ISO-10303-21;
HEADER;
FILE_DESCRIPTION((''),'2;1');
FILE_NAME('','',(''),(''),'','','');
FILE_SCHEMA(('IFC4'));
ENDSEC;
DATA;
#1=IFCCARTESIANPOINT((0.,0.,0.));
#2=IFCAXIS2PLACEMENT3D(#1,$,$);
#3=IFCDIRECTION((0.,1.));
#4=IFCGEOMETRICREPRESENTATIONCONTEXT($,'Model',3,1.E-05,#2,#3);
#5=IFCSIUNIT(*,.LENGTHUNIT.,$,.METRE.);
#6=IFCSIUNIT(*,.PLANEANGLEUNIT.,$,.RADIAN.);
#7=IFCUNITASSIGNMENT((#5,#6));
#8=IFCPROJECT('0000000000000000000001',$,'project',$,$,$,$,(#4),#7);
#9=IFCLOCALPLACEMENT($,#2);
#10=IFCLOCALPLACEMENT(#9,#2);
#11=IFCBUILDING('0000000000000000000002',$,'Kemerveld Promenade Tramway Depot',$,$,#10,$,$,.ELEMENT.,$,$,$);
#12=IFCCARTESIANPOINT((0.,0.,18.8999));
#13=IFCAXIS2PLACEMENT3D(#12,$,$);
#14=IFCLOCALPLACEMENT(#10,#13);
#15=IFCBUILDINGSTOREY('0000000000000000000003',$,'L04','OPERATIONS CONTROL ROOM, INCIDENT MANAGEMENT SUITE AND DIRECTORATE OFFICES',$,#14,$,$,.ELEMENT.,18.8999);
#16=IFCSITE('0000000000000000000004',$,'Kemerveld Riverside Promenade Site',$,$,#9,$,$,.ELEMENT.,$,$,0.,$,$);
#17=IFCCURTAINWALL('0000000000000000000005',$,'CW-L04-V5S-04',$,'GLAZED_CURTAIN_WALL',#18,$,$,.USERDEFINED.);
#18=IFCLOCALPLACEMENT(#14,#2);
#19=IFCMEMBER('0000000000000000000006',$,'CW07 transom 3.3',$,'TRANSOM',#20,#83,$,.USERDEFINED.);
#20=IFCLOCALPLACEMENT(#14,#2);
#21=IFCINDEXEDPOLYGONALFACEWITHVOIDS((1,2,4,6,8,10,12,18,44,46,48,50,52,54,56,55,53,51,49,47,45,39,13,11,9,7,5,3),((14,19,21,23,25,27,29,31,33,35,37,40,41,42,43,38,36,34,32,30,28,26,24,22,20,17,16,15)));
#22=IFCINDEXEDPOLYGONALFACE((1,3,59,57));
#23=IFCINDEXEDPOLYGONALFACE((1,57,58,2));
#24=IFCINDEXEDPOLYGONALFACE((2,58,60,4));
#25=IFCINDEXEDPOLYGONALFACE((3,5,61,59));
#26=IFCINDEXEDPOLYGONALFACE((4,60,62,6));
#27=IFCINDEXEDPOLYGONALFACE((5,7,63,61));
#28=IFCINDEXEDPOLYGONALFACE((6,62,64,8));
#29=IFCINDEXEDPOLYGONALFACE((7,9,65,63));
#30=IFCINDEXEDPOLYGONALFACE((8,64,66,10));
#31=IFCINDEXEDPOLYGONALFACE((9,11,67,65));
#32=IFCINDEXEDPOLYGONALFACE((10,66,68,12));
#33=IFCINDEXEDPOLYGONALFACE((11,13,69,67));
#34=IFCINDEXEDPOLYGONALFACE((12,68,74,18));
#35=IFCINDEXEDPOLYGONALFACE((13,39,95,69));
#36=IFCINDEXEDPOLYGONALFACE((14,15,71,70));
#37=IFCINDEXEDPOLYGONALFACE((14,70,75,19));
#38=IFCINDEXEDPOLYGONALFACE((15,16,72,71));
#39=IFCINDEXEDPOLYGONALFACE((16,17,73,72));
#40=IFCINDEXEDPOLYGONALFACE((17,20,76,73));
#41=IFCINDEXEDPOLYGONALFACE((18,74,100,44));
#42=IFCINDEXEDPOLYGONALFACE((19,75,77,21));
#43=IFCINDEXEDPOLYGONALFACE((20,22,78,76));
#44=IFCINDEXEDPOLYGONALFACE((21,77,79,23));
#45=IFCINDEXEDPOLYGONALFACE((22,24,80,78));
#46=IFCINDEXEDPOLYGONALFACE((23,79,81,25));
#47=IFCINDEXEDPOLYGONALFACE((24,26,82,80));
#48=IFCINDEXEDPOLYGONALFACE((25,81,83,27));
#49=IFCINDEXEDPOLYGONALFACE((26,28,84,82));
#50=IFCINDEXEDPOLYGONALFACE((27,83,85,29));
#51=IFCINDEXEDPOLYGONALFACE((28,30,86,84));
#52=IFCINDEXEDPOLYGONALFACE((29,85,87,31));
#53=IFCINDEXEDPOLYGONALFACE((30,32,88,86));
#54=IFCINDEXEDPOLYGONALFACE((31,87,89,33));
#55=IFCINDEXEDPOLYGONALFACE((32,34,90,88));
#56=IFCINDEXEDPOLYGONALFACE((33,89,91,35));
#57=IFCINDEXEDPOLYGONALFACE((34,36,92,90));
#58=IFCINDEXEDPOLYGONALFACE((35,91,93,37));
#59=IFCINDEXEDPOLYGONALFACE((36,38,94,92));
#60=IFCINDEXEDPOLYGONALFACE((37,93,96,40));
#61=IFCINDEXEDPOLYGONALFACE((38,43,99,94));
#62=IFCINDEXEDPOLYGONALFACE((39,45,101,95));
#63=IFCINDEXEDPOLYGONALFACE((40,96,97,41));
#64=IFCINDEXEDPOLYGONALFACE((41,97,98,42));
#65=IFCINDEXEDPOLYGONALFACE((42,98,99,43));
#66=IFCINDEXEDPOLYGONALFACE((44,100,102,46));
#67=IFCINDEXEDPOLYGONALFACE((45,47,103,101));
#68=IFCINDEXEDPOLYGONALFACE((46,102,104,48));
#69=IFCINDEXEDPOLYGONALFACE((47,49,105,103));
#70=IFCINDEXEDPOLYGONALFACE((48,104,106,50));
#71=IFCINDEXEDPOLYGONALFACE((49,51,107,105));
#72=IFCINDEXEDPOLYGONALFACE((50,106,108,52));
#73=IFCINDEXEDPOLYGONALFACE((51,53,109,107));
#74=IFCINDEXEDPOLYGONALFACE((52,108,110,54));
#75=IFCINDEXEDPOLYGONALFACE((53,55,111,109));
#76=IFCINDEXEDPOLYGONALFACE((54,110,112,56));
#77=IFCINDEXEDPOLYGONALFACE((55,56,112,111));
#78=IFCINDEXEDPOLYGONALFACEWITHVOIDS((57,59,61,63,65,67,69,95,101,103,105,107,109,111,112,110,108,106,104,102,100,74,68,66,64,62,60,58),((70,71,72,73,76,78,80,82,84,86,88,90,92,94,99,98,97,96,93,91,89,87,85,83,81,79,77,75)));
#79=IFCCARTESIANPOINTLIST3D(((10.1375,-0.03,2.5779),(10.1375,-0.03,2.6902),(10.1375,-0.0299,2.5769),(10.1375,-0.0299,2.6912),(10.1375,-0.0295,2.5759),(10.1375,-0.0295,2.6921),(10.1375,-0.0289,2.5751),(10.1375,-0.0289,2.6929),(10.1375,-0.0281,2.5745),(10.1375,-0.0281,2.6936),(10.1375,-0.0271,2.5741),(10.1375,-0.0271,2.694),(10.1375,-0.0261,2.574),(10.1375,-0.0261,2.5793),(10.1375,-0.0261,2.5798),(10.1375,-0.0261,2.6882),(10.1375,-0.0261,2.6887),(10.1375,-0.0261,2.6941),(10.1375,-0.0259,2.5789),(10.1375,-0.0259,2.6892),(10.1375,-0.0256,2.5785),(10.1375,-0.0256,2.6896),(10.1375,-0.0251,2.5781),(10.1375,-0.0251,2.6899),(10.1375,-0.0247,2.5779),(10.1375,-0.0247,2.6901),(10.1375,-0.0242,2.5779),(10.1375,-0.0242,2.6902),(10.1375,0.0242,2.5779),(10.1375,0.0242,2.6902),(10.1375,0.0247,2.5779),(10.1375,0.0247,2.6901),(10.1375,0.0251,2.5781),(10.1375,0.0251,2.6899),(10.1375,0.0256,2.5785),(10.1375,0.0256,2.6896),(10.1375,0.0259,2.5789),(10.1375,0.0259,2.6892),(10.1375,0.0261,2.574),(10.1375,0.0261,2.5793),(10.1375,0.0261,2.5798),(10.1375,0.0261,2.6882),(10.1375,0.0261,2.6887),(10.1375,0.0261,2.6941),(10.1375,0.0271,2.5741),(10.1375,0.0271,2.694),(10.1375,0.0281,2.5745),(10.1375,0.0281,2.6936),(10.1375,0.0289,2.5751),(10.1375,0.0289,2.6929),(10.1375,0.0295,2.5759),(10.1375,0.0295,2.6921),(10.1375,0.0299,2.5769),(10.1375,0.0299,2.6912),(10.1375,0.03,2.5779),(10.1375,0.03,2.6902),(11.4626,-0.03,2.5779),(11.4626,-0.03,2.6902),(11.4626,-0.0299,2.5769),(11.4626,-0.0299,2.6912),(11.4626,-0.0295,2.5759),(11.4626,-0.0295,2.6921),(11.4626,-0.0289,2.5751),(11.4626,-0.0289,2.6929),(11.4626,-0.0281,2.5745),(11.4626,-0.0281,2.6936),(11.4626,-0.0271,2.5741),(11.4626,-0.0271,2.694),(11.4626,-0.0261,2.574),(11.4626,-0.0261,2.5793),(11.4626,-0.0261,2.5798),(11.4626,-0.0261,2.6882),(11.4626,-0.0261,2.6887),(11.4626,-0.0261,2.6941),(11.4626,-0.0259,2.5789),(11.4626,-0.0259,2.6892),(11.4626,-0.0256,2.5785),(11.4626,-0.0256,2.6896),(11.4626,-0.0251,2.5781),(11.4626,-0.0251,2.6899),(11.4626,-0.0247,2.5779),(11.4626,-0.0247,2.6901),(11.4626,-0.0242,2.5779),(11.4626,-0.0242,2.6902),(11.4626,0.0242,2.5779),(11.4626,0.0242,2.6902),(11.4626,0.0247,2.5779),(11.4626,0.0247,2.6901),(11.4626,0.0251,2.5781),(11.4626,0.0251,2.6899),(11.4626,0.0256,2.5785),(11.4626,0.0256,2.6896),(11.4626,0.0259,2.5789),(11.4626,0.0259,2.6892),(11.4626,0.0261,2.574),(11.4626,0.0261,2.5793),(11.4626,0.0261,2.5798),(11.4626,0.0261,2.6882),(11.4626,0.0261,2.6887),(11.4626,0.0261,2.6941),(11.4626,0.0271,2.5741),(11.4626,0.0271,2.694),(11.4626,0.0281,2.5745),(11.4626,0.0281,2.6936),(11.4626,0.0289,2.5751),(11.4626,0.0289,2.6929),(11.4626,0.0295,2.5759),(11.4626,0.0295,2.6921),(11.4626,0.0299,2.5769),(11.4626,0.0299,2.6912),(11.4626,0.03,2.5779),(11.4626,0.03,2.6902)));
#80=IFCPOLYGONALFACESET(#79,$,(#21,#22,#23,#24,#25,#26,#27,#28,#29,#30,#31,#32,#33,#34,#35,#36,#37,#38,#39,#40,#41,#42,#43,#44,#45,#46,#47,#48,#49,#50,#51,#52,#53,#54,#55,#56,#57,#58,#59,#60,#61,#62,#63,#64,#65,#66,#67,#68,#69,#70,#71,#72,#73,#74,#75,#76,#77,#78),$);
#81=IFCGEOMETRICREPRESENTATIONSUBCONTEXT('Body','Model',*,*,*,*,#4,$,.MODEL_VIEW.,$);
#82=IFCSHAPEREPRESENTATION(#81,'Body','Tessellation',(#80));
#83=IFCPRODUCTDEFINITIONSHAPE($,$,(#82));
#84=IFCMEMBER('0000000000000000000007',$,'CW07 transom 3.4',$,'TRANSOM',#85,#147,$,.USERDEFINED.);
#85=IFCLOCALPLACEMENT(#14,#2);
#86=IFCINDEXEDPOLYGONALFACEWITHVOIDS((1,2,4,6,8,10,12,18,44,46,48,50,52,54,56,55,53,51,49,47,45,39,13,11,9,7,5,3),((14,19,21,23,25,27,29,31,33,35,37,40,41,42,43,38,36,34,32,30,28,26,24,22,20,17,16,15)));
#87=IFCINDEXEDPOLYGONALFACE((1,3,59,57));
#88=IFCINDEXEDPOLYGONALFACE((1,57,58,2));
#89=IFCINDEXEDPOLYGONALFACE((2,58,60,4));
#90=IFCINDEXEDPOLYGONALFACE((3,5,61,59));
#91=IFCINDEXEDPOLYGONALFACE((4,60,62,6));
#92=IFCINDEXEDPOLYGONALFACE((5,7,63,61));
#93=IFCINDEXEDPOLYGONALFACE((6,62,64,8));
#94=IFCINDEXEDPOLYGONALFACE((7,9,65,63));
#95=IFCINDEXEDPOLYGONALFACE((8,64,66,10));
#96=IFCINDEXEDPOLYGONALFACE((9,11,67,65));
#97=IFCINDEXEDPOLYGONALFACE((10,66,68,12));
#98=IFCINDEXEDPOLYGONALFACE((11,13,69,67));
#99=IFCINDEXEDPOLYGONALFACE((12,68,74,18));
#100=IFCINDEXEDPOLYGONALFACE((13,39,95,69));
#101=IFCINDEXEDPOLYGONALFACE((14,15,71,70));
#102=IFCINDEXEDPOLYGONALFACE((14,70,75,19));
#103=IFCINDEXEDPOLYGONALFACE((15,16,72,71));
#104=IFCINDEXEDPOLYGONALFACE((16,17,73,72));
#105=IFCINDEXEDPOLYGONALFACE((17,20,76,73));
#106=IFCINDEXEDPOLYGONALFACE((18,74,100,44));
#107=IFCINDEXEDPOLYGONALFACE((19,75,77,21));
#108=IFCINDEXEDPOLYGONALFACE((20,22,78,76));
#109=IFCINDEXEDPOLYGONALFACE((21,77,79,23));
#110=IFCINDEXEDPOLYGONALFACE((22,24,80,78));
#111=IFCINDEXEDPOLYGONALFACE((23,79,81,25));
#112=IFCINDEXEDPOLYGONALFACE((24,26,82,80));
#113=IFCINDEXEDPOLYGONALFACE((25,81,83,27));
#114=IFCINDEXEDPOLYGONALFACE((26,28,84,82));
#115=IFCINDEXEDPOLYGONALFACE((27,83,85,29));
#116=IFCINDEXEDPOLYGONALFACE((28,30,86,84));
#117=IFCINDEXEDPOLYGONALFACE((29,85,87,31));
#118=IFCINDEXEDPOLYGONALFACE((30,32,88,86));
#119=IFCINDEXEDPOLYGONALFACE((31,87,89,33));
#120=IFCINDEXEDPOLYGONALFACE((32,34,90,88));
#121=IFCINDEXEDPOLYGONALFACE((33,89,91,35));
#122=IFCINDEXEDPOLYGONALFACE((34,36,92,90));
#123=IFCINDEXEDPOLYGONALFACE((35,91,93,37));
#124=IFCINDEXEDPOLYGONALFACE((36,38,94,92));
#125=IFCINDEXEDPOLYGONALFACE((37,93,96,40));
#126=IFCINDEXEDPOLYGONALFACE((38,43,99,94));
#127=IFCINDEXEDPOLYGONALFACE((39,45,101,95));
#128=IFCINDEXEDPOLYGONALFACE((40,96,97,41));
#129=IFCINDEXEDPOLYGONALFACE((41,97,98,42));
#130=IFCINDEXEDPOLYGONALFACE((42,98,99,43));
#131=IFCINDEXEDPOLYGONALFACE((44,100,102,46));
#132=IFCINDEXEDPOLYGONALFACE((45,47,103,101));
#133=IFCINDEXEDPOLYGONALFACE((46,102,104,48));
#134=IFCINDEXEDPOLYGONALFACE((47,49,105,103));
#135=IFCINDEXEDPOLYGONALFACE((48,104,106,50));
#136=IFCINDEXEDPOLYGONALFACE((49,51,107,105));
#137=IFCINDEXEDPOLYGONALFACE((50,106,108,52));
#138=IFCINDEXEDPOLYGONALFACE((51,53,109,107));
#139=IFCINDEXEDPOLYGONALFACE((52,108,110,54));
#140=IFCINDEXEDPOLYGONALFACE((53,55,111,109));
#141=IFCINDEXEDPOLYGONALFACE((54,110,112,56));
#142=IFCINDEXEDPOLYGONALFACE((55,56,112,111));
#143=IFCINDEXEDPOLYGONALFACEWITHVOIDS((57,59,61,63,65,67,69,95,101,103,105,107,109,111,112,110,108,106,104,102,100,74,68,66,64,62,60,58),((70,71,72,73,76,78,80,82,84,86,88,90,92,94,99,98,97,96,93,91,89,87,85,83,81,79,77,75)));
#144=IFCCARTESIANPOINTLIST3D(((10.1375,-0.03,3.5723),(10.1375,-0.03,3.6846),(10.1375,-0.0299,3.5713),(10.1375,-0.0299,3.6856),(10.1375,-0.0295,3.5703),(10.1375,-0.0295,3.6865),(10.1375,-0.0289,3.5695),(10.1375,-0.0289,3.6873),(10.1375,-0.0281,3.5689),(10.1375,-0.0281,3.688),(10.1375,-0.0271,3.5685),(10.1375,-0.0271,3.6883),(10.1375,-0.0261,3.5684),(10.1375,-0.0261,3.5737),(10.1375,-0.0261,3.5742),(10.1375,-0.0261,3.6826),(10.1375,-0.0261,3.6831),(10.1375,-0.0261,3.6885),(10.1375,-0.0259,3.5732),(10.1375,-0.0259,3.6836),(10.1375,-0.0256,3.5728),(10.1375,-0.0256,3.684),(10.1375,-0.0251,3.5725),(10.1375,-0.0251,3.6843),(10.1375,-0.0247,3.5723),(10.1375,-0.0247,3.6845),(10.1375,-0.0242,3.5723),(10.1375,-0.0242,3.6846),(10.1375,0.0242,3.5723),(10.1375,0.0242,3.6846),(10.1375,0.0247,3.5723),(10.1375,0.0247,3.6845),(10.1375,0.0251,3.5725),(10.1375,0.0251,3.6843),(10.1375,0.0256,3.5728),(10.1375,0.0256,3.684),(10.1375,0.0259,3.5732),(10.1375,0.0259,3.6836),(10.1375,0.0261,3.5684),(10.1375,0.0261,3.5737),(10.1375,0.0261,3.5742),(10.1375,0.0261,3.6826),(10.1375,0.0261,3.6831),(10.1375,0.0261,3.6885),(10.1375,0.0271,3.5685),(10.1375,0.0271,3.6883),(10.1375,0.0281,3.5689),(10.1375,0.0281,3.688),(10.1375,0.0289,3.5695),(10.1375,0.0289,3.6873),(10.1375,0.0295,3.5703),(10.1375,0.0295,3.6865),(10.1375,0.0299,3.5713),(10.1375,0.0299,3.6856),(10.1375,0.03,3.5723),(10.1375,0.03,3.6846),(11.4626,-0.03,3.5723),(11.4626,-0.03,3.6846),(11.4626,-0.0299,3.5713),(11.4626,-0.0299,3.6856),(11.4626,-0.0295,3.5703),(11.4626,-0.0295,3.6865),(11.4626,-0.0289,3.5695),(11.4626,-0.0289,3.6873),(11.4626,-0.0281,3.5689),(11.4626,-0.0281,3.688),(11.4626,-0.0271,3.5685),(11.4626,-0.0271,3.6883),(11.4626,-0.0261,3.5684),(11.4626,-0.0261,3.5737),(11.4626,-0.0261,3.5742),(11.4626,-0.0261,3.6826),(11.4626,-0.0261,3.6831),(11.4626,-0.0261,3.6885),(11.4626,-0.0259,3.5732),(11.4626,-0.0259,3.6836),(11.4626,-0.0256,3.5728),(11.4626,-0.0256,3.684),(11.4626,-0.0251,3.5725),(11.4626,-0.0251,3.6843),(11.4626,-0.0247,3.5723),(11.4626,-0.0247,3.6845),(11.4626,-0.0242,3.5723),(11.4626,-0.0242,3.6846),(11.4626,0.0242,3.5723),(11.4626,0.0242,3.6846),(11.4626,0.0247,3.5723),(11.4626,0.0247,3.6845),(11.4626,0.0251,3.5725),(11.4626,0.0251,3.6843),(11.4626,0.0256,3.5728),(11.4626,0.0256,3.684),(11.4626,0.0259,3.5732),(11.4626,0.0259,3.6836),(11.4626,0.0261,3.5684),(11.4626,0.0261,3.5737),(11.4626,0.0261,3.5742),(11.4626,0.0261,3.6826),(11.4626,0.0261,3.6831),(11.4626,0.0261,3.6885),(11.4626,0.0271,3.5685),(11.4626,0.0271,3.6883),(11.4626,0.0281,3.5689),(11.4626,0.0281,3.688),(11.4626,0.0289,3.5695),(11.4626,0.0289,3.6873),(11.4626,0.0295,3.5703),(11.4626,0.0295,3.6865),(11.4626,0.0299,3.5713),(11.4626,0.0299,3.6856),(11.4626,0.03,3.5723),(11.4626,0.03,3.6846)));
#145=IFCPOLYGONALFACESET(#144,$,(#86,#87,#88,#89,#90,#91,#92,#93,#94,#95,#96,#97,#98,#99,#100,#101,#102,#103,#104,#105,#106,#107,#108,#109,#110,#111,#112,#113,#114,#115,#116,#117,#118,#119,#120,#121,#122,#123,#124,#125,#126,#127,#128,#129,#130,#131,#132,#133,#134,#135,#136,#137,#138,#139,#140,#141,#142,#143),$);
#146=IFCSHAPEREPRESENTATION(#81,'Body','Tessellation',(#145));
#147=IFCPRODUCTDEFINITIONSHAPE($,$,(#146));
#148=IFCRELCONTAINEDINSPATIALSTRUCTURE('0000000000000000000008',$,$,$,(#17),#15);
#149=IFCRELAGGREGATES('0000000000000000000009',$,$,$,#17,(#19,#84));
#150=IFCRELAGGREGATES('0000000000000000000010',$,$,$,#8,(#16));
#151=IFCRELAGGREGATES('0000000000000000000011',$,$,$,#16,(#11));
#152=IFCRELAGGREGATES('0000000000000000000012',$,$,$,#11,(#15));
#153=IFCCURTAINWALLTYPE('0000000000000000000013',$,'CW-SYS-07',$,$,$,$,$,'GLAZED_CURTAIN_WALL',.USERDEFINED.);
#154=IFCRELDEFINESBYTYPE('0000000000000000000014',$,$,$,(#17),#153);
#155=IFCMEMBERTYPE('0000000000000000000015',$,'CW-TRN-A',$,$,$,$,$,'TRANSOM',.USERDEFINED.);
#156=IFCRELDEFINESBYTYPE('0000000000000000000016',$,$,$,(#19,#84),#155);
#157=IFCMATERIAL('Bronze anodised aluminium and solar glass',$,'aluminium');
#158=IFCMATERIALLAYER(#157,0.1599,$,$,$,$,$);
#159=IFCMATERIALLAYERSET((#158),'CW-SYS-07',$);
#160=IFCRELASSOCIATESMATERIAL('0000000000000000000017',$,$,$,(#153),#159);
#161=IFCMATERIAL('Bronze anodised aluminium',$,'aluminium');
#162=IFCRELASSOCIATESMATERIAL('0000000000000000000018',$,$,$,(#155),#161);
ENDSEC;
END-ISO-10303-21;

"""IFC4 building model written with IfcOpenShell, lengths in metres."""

from ifc_helpers import new_model, si_unit, direction, frame, origin, origin_2d, place, context, subcontext, project, spatial, hollow_rectangle, extrude, material, layer, layer_set, material_profile, profile_set, type_object, element, aggregate, save


model = new_model("IFC4")

# Units and contexts
model_context = context("Model", 3, precision=1e-05, world=origin(), true_north=direction((0.0, 1.0)))
body_context = subcontext(model_context, "Body", "Model", "MODEL_VIEW")
ifc_project = project(units=[si_unit("LENGTHUNIT", "METRE"), si_unit("PLANEANGLEUNIT", "RADIAN")], contexts=[model_context])

# Site, building, storey
site_placement = place(None, origin())
site = spatial("IfcSite", under=ifc_project, at=site_placement, Name="Kemerveld Riverside Promenade Site", CompositionType="ELEMENT", RefElevation=0.0)
building_placement = place(site_placement, origin())
building = spatial("IfcBuilding", under=site, at=building_placement, Name="Kemerveld Promenade Tramway Depot", CompositionType="ELEMENT")
storey_placement = place(building_placement, frame((0.0, 0.0, 18.8999)))
storey = spatial("IfcBuildingStorey", under=building, at=storey_placement, Name="L04", Description="OPERATIONS CONTROL ROOM, INCIDENT MANAGEMENT SUITE AND DIRECTORATE OFFICES", CompositionType="ELEMENT", Elevation=18.8999)

# Curtain wall, members
ifc_material_1 = material(Name="Bronze anodised aluminium and solar glass", Category="aluminium")
ifc_layer_1 = layer(ifc_material_1, 0.1599)
ifc_layer_set_1 = layer_set([ifc_layer_1], Name="CW-SYS-07")
curtain_wall_type = type_object("IfcCurtainWallType", Name="CW-SYS-07", ElementType="GLAZED_CURTAIN_WALL", PredefinedType="USERDEFINED", material=ifc_layer_set_1)
curtain_wall_placement = place(storey_placement, origin())
curtain_wall = element("IfcCurtainWall", 1, at=curtain_wall_placement, inside=storey, type_object=curtain_wall_type, Name="CW-L04-V5S-04", ObjectType="GLAZED_CURTAIN_WALL", PredefinedType="USERDEFINED")
ifc_material_2 = material(Name="Bronze anodised aluminium", Category="aluminium")
ifc_material_profile_1 = material_profile(ifc_material_2, hollow_rectangle(XDim=0.0601, YDim=0.1201, WallThickness=0.0039, InnerFilletRadius=0.002, OuterFilletRadius=0.0039, at=origin_2d()), Name="CW-TRN-120x60")
ifc_profile_set_1 = profile_set([ifc_material_profile_1], Name="Bronze anodised aluminium")
member_type_1 = type_object("IfcMemberType", Name="CW-TRN-A", ElementType="TRANSOM", PredefinedType="USERDEFINED", material=ifc_profile_set_1)
member_1_placement = place(storey_placement, frame((11.4626, 0.0, 2.634), z_axis=(-1.0, 0.0, 0.0), x_axis=(0.0, -1.0, 0.0)))
member_1 = element("IfcMember", 2, at=member_1_placement, type_object=member_type_1, Name="CW07 transom 3.3", ObjectType="TRANSOM", PredefinedType="USERDEFINED", context=body_context, shape_type="SweptSolid", body=[
    extrude(hollow_rectangle(XDim=0.0601, YDim=0.1201, WallThickness=0.0039, InnerFilletRadius=0.002, OuterFilletRadius=0.0039, at=origin_2d()), origin(), (0.0, 0.0, 1.0), 1.3252),
])
member_2_placement = place(storey_placement, frame((11.4626, 0.0, 3.6284), z_axis=(-1.0, 0.0, 0.0), x_axis=(0.0, -1.0, 0.0)))
member_2 = element("IfcMember", 3, at=member_2_placement, type_object=member_type_1, Name="CW07 transom 3.4", ObjectType="TRANSOM", PredefinedType="USERDEFINED", context=body_context, shape_type="SweptSolid", body=[
    extrude(hollow_rectangle(XDim=0.0601, YDim=0.1201, WallThickness=0.0039, InnerFilletRadius=0.002, OuterFilletRadius=0.0039, at=origin_2d()), origin(), (0.0, 0.0, 1.0), 1.3252),
])

aggregate(curtain_wall, [member_1, member_2])

save(model, "model.ifc")
